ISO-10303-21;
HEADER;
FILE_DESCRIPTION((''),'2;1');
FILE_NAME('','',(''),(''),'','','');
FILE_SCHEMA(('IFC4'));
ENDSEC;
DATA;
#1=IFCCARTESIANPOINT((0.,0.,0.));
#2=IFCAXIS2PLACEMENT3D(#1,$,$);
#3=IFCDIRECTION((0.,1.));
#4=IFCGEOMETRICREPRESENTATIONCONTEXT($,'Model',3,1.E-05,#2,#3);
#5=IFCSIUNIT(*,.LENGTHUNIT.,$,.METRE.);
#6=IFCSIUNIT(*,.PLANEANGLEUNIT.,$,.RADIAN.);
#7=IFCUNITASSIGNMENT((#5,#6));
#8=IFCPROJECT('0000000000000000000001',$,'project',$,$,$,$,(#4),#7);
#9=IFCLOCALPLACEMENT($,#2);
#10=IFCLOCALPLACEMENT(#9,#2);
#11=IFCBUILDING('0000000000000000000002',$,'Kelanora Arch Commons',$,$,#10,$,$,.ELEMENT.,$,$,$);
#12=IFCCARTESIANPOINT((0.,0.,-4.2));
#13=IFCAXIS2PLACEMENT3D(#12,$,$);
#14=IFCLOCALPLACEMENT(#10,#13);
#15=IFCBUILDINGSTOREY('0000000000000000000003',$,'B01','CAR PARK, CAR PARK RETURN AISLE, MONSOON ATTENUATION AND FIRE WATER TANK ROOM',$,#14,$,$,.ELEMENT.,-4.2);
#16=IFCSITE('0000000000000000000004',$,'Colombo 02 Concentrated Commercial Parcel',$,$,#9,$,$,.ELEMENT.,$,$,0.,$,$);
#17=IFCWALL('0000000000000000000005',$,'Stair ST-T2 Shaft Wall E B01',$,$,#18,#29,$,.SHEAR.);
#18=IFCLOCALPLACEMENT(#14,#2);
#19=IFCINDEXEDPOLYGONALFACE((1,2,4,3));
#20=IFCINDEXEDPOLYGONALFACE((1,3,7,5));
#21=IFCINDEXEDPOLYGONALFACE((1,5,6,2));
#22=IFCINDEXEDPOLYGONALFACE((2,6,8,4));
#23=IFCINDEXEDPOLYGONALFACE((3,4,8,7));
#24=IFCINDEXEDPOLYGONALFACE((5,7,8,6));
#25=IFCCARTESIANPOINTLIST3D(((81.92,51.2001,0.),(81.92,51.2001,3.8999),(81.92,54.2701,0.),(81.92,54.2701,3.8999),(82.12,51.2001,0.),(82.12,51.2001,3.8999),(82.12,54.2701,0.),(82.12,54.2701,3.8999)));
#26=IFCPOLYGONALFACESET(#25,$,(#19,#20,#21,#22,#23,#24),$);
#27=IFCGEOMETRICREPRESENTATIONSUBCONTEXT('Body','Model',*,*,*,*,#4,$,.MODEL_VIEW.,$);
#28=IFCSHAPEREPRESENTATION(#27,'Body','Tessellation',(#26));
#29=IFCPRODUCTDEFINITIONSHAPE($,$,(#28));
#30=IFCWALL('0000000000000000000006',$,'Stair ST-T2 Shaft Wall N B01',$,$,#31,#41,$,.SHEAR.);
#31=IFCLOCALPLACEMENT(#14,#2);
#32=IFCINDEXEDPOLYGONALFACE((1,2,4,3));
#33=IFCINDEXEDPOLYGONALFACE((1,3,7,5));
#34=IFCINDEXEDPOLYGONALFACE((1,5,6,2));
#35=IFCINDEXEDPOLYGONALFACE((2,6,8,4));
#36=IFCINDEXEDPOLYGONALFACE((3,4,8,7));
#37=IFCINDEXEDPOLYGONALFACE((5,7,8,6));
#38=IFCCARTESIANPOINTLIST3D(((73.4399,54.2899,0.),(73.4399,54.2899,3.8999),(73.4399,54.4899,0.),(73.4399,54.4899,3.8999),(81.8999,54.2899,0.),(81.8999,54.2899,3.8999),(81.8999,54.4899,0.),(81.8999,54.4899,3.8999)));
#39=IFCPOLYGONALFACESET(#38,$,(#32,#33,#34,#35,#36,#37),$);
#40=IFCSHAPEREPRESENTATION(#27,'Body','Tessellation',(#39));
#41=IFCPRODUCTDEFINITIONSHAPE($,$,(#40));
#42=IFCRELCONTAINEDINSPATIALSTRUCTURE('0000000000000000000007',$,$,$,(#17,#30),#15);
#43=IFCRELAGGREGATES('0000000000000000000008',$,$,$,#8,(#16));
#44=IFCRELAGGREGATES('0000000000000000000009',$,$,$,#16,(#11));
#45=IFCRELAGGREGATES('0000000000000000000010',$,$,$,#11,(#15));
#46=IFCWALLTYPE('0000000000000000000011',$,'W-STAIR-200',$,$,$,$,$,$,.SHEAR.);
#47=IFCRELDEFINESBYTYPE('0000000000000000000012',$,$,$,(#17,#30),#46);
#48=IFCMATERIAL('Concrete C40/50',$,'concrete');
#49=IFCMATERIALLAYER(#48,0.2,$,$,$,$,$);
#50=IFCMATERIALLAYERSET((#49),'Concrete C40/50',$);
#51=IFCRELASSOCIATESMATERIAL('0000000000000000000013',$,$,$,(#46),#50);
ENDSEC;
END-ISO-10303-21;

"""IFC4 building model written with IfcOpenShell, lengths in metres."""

from ifc_helpers import new_model, si_unit, direction, frame, frame_2d, origin, place, context, subcontext, project, spatial, rectangle, extrude, material, layer, layer_set, type_object, element, save


model = new_model("IFC4")

# Units and contexts
model_context = context("Model", 3, precision=1e-05, world=origin(), true_north=direction((0.0, 1.0)))
body_context = subcontext(model_context, "Body", "Model", "MODEL_VIEW")
ifc_project = project(units=[si_unit("LENGTHUNIT", "METRE"), si_unit("PLANEANGLEUNIT", "RADIAN")], contexts=[model_context])

# Site, building, storey
site_placement = place(None, origin())
site = spatial("IfcSite", under=ifc_project, at=site_placement, Name="Colombo 02 Concentrated Commercial Parcel", CompositionType="ELEMENT", RefElevation=0.0)
building_placement = place(site_placement, origin())
building = spatial("IfcBuilding", under=site, at=building_placement, Name="Kelanora Arch Commons", CompositionType="ELEMENT")
storey_placement = place(building_placement, frame((0.0, 0.0, -4.2)))
storey = spatial("IfcBuildingStorey", under=building, at=storey_placement, Name="B01", Description="CAR PARK, CAR PARK RETURN AISLE, MONSOON ATTENUATION AND FIRE WATER TANK ROOM", CompositionType="ELEMENT", Elevation=-4.2)

# Walls
ifc_material_1 = material(Name="Concrete C40/50", Category="concrete")
ifc_layer = layer(ifc_material_1, 0.2)
ifc_layer_set = layer_set([ifc_layer], Name="Concrete C40/50")
wall_type = type_object("IfcWallType", Name="W-STAIR-200", PredefinedType="SHEAR", material=ifc_layer_set)
wall_1_placement = place(storey_placement, frame((82.02, 51.2, 0.0), z_axis=(0.0, 0.0, 1.0), x_axis=(0.0, 1.0, 0.0)))
element("IfcWall", 1, at=wall_1_placement, inside=storey, type_object=wall_type, Name="Stair ST-T2 Shaft Wall E B01", PredefinedType="SHEAR", context=body_context, shape_type="SweptSolid", body=[
    extrude(rectangle(XDim=3.0701, YDim=0.2, at=frame_2d((1.5352, 0.0))), origin(), (0.0, 0.0, 1.0), 3.8999),
])
wall_2_placement = place(storey_placement, frame((81.8999, 54.3899, 0.0), z_axis=(0.0, 0.0, 1.0), x_axis=(-1.0, 0.0, 0.0)))
element("IfcWall", 2, at=wall_2_placement, inside=storey, type_object=wall_type, Name="Stair ST-T2 Shaft Wall N B01", PredefinedType="SHEAR", context=body_context, shape_type="SweptSolid", body=[
    extrude(rectangle(XDim=8.46, YDim=0.2, at=frame_2d((4.23, 0.0))), origin(), (0.0, 0.0, 1.0), 3.8999),
])

save(model, "model.ifc")
